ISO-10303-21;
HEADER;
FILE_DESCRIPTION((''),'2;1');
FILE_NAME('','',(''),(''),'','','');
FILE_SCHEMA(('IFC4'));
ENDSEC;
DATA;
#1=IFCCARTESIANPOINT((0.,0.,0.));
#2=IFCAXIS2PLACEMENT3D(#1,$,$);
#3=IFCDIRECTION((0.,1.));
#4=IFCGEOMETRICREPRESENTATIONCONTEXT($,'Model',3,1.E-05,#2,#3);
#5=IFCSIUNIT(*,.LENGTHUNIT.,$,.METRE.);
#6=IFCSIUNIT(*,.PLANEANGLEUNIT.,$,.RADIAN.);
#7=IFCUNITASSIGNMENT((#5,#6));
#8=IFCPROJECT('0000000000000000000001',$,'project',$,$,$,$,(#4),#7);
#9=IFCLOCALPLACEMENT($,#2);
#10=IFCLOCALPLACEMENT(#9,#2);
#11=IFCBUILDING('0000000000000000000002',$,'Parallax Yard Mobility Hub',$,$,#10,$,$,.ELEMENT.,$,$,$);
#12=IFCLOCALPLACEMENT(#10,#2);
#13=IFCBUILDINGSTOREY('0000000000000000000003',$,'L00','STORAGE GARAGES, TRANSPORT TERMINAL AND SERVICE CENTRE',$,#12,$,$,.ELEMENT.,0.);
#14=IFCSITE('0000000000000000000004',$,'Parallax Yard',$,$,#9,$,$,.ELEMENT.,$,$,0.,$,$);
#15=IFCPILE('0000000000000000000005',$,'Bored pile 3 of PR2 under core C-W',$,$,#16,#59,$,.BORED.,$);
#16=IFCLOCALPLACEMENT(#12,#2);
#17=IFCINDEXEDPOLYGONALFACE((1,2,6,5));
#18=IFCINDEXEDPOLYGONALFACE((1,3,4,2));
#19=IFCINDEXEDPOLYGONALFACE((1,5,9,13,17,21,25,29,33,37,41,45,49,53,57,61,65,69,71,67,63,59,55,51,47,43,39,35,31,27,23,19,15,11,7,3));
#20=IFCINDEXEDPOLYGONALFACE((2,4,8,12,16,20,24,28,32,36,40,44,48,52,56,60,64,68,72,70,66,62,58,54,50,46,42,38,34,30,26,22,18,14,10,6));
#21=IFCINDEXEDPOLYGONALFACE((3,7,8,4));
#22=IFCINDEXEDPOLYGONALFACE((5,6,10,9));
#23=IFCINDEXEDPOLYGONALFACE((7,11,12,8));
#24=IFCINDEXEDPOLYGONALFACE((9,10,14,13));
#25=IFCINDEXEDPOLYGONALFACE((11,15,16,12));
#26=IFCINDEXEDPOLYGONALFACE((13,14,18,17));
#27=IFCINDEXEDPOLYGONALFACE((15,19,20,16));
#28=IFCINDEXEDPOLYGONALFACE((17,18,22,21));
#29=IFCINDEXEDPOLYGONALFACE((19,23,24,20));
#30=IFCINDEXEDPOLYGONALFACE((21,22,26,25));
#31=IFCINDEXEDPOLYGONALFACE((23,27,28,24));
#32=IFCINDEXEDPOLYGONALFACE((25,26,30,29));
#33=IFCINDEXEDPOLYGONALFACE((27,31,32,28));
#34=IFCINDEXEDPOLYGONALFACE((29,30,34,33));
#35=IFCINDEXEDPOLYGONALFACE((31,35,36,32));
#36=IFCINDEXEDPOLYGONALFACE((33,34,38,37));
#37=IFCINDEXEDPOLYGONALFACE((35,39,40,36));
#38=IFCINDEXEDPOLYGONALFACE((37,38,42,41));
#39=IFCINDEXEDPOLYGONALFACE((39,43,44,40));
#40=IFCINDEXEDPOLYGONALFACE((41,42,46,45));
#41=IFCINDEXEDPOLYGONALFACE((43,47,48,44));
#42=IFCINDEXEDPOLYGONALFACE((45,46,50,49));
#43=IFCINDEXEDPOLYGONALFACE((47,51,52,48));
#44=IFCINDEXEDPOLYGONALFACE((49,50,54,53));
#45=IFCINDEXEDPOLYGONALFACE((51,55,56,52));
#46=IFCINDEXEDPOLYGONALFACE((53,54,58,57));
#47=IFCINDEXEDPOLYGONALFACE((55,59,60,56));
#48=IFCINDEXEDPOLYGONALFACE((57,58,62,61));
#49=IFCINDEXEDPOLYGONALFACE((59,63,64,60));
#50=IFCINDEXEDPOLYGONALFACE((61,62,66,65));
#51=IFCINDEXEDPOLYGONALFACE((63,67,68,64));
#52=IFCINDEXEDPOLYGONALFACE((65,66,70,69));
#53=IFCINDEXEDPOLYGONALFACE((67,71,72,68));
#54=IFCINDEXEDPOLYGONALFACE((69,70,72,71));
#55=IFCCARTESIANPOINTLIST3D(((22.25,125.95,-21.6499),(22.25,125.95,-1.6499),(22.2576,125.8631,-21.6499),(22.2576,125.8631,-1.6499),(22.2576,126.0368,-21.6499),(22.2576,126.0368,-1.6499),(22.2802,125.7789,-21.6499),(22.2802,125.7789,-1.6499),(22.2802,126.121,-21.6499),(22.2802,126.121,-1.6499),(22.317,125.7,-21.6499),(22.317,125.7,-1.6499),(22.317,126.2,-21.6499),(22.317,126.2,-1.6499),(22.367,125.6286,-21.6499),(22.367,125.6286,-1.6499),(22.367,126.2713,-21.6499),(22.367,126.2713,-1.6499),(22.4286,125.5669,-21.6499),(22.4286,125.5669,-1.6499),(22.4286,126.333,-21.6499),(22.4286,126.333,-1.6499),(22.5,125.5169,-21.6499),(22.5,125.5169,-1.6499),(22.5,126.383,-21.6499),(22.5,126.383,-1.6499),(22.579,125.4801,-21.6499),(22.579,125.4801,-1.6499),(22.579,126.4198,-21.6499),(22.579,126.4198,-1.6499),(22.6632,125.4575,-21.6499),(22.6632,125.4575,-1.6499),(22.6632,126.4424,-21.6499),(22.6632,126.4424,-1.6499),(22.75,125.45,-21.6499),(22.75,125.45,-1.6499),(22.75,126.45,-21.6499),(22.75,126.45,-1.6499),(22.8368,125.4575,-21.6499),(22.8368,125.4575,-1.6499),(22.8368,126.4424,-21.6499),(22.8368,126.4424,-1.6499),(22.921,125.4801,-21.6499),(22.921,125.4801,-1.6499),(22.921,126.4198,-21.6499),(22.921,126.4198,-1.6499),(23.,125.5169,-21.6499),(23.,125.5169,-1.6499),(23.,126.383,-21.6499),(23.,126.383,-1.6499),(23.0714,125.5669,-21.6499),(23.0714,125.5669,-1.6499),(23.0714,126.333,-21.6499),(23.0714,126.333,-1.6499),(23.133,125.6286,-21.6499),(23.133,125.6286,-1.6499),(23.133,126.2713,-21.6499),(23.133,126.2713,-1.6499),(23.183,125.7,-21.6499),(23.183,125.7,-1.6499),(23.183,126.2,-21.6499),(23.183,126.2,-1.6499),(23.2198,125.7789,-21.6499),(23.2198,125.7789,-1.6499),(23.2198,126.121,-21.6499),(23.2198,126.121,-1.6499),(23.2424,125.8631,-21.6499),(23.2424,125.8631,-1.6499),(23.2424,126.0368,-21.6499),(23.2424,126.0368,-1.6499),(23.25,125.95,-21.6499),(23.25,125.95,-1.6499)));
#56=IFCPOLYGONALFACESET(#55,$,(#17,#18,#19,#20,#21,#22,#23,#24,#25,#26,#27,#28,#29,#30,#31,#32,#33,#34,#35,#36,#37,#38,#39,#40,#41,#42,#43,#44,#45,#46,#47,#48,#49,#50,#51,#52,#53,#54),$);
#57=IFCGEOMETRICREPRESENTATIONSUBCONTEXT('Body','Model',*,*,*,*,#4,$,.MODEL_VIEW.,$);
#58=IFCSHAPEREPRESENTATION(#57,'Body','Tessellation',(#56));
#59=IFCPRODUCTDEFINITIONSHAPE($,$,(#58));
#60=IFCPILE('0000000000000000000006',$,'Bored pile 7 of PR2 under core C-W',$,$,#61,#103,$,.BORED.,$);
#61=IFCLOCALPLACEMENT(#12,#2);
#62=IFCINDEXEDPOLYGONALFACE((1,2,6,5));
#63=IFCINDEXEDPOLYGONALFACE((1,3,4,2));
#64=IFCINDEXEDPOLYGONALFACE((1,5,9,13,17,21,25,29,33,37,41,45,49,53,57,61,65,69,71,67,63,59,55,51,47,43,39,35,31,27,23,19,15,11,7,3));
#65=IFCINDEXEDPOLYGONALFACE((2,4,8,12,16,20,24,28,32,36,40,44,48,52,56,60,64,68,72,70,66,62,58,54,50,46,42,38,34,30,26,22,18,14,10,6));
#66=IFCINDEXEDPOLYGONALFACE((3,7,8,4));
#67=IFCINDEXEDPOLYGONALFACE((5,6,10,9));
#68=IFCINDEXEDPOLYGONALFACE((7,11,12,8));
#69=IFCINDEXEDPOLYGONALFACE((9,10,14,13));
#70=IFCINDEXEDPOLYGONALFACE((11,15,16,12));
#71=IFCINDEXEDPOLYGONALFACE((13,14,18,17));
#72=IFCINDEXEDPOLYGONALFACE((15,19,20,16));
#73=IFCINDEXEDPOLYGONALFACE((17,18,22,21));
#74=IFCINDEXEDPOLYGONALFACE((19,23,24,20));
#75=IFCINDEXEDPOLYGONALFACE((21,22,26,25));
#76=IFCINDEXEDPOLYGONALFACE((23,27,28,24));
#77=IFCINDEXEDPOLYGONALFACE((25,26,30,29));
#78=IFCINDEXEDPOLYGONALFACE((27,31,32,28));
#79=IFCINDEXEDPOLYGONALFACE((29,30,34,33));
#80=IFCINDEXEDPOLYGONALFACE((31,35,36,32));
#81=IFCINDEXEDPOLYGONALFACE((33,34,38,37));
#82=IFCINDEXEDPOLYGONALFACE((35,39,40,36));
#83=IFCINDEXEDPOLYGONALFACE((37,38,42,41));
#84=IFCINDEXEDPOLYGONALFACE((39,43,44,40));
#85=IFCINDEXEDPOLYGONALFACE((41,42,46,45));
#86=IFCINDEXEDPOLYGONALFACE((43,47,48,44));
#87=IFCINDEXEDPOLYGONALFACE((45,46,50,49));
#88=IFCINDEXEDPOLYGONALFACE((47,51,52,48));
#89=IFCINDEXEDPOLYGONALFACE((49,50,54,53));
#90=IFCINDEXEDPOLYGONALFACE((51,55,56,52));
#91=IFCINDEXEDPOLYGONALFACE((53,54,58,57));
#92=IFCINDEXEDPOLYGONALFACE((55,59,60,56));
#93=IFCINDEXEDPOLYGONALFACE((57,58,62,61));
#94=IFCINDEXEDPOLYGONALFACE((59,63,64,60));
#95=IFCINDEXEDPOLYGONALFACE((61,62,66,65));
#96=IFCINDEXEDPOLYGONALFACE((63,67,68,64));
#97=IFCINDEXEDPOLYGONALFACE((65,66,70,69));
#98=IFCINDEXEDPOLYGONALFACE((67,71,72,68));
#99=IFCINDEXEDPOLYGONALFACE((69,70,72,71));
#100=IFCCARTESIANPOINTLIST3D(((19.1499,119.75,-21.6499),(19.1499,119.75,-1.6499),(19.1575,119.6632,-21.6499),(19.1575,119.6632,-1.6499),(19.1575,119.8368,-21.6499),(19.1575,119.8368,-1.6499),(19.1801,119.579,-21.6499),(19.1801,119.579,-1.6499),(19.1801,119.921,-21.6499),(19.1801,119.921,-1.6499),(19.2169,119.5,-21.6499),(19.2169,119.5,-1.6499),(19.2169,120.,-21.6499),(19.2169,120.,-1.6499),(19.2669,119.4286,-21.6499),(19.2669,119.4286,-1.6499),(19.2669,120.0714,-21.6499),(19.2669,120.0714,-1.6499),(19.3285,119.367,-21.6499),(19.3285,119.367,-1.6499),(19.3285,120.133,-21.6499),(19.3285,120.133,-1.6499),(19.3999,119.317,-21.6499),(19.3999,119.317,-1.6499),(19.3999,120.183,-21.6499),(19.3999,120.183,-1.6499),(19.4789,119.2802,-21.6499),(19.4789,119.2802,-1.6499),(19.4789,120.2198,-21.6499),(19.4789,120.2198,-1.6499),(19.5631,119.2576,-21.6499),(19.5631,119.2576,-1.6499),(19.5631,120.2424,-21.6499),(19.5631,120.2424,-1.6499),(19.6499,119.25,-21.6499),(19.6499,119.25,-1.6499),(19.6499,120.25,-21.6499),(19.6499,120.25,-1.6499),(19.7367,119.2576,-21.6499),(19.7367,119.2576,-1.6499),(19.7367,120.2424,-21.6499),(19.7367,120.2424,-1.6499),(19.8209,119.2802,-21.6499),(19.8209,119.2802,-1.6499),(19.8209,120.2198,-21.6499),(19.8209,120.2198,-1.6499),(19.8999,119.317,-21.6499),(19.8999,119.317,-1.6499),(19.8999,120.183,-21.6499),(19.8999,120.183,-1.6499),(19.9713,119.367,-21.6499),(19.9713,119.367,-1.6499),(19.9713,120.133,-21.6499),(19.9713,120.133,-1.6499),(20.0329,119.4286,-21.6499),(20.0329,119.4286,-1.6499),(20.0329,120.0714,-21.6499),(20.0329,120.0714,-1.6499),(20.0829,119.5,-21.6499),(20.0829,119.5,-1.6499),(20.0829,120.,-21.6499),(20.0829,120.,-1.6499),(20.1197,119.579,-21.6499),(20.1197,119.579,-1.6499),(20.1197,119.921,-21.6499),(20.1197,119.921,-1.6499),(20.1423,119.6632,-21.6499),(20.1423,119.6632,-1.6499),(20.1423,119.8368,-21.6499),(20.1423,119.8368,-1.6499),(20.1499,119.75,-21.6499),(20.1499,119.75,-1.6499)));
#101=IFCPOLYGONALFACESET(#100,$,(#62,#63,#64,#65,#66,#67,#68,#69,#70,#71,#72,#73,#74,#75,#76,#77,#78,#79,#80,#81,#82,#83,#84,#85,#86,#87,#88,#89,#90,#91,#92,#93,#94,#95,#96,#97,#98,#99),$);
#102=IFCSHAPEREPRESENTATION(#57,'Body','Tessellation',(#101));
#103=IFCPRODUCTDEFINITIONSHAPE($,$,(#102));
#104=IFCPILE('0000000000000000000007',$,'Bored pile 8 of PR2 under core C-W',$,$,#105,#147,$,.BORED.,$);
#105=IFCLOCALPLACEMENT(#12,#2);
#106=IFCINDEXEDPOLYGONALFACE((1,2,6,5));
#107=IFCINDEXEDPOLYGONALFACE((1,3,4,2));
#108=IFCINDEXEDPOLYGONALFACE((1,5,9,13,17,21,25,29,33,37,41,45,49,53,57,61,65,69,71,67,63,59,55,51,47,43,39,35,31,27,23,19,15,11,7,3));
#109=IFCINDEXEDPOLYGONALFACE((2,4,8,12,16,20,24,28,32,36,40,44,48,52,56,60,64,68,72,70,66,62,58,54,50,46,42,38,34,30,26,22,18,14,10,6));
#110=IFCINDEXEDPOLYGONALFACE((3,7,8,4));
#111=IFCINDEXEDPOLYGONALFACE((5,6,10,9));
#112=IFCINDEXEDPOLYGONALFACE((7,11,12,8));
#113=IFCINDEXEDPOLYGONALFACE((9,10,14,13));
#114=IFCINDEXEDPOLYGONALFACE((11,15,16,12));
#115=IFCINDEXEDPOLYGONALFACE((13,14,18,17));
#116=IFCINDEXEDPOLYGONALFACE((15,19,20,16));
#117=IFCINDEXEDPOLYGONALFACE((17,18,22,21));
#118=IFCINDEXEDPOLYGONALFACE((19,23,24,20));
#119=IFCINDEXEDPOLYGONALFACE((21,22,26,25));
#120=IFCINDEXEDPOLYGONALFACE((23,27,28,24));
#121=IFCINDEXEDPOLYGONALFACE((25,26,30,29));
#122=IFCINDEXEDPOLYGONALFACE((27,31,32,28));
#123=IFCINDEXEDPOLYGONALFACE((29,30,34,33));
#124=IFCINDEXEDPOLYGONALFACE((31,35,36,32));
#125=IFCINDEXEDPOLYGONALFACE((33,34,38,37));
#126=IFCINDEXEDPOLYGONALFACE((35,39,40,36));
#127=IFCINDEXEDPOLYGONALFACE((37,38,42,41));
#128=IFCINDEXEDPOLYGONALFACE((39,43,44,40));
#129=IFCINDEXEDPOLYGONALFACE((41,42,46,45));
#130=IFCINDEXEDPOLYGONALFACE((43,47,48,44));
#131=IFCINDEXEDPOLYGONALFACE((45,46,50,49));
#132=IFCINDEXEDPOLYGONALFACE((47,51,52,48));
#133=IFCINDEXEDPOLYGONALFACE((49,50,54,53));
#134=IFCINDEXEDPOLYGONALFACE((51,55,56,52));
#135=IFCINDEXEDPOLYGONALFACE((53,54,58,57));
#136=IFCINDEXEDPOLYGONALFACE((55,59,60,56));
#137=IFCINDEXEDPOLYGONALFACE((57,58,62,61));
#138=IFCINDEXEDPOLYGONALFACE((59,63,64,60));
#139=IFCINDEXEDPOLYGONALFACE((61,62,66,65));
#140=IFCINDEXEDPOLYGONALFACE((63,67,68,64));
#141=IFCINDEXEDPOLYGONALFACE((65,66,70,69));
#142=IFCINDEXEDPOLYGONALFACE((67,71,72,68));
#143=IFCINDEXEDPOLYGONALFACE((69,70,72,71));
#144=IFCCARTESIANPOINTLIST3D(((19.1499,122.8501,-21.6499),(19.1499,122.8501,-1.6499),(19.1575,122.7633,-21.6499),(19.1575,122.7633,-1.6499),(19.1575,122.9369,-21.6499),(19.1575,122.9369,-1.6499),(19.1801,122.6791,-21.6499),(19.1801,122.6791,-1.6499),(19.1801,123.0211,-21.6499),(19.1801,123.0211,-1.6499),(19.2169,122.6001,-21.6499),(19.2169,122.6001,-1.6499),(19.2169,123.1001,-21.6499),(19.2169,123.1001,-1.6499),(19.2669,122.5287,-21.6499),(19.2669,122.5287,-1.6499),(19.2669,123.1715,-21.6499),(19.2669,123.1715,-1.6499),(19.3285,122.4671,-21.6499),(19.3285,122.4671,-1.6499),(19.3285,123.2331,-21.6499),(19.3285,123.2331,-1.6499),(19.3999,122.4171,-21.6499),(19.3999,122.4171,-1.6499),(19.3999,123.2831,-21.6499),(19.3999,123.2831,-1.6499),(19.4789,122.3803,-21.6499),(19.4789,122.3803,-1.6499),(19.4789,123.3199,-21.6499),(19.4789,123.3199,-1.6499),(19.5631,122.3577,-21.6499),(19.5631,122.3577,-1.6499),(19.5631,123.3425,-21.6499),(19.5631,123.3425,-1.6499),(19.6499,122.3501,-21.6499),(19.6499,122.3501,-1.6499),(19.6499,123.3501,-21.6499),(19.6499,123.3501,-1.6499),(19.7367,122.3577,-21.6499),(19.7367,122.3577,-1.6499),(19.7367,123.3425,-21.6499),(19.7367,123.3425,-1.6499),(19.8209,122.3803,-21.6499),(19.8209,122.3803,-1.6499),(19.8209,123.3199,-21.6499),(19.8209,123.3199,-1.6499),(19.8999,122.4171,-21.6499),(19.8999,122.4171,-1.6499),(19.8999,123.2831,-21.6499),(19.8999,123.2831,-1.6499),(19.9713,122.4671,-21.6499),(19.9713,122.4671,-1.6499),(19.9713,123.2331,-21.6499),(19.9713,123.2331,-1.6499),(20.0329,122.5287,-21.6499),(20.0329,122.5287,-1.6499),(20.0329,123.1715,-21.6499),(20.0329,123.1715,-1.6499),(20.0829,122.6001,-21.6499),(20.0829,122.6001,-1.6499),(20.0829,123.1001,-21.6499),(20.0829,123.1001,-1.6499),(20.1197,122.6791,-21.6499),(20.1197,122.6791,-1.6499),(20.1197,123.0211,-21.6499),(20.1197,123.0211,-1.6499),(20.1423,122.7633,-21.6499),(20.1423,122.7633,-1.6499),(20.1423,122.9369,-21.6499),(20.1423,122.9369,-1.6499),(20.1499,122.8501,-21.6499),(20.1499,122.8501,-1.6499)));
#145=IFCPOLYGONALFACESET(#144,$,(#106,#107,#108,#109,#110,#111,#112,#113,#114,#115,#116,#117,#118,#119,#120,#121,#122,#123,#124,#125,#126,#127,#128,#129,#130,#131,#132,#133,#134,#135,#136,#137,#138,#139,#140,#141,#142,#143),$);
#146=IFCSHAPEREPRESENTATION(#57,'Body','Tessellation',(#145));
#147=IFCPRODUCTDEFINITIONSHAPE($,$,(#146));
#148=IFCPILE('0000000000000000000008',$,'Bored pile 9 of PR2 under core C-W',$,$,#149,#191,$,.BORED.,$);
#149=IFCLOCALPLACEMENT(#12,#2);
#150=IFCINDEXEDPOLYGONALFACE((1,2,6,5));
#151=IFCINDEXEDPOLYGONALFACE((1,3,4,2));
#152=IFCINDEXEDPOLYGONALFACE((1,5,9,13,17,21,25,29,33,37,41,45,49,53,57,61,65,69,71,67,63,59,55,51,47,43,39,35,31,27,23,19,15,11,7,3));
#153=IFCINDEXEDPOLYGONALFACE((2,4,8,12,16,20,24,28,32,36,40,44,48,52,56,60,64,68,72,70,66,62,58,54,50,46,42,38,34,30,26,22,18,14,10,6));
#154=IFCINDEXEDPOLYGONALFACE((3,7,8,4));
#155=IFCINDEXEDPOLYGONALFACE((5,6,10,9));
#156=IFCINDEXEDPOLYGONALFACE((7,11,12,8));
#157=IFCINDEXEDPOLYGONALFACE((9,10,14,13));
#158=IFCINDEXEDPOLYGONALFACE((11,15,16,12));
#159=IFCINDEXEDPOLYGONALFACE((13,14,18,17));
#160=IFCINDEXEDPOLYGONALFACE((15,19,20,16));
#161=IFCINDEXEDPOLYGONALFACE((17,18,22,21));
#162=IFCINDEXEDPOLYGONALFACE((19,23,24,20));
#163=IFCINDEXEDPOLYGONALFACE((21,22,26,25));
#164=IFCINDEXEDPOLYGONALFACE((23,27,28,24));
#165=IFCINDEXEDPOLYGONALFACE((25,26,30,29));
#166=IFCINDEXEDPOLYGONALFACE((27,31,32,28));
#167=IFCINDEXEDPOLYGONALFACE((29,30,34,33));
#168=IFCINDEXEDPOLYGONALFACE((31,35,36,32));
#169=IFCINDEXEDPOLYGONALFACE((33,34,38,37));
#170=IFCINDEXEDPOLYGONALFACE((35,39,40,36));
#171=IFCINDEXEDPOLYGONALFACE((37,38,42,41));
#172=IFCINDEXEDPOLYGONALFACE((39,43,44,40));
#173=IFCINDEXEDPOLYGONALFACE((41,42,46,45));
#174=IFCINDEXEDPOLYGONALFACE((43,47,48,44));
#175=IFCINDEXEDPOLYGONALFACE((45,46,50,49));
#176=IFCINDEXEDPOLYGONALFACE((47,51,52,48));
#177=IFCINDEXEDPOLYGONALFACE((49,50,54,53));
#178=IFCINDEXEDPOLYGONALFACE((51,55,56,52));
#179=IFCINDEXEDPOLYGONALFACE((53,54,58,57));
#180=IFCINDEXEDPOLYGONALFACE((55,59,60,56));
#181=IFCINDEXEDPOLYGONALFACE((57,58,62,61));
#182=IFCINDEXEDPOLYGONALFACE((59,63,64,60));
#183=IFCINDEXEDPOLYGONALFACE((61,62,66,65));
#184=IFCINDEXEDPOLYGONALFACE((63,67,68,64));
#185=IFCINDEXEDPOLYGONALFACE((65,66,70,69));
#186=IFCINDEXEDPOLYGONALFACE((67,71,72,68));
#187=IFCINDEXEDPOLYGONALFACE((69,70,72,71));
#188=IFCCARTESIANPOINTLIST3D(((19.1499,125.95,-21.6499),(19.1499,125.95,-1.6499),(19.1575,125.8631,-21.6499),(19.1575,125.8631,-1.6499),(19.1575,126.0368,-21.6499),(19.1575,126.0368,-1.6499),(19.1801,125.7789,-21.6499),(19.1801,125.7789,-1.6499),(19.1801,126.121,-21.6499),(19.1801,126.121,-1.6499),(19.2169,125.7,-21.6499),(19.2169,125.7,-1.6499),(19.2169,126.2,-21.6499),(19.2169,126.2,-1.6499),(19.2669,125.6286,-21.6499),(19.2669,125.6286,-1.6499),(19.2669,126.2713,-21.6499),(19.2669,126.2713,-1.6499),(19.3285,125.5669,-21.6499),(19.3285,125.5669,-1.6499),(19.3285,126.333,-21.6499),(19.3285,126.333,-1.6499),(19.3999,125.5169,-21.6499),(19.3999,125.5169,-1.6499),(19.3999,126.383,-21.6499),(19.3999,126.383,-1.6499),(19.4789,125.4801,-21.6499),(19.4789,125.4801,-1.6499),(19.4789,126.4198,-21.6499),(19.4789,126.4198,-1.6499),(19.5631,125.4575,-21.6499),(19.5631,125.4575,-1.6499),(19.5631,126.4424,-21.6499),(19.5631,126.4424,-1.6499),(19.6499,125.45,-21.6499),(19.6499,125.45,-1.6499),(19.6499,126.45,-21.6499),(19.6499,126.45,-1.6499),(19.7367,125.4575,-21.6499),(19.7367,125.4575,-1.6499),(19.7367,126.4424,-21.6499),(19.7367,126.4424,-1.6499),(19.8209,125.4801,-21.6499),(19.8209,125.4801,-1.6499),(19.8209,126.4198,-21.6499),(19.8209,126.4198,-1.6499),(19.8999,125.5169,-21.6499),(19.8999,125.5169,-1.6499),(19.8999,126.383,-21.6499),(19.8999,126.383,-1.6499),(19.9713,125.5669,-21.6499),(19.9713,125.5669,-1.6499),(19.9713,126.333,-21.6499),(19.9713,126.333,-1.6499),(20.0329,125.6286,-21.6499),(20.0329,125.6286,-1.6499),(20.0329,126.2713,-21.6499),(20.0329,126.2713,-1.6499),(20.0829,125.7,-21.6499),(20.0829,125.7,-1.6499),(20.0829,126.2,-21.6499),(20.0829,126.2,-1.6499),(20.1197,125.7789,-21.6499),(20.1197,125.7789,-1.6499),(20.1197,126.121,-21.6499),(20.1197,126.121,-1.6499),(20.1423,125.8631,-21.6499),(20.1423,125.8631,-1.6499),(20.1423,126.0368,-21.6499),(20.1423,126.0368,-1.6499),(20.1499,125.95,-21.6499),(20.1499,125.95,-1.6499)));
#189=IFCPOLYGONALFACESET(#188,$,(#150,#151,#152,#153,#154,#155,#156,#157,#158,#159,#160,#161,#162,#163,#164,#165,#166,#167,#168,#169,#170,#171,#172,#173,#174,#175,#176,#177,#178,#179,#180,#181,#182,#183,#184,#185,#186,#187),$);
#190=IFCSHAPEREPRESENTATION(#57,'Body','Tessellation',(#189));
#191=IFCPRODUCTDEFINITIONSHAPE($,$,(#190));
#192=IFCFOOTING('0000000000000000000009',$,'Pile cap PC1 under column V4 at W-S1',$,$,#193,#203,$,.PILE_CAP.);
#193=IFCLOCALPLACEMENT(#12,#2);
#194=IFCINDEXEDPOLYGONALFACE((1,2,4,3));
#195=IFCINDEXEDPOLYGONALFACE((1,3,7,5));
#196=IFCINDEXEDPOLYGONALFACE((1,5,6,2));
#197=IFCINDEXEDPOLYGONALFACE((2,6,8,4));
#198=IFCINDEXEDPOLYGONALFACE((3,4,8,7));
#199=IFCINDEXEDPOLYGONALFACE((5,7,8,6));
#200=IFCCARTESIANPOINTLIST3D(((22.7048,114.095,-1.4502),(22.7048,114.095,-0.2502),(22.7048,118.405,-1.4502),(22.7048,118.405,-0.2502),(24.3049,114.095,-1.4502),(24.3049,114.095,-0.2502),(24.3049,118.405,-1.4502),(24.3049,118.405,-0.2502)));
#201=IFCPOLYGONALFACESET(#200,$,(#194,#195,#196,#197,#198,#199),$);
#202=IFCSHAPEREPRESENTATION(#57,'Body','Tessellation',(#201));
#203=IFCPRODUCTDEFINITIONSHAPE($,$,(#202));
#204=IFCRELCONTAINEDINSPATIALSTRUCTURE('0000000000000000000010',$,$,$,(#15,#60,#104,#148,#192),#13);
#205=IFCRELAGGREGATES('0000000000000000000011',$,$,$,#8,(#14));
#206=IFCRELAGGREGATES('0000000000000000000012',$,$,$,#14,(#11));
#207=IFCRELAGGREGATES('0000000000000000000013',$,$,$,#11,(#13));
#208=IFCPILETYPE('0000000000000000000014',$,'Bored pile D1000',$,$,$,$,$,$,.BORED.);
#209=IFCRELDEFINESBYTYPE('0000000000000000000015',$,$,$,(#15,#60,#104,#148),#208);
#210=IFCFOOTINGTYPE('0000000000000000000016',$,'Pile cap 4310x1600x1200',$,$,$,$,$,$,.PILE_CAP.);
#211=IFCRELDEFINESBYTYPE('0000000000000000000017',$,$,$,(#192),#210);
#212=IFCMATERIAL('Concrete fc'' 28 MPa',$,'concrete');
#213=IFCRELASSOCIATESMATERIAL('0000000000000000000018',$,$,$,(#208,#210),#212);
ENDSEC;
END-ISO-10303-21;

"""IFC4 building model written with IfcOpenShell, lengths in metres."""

from ifc_helpers import new_model, si_unit, direction, frame, origin, origin_2d, place, context, subcontext, project, spatial, rectangle, circle, extrude, material, material_profile, profile_set, type_object, element, save


model = new_model("IFC4")

# Units and contexts
model_context = context("Model", 3, precision=1e-05, world=origin(), true_north=direction((0.0, 1.0)))
body_context = subcontext(model_context, "Body", "Model", "MODEL_VIEW")
ifc_project = project(units=[si_unit("LENGTHUNIT", "METRE"), si_unit("PLANEANGLEUNIT", "RADIAN")], contexts=[model_context])

# Site, building, storey
site_placement = place(None, origin())
site = spatial("IfcSite", under=ifc_project, at=site_placement, Name="Parallax Yard", CompositionType="ELEMENT", RefElevation=0.0)
building_placement = place(site_placement, origin())
building = spatial("IfcBuilding", under=site, at=building_placement, Name="Parallax Yard Mobility Hub", CompositionType="ELEMENT")
storey_placement = place(building_placement, origin())
storey = spatial("IfcBuildingStorey", under=building, at=storey_placement, Name="L00", Description="STORAGE GARAGES, TRANSPORT TERMINAL AND SERVICE CENTRE", CompositionType="ELEMENT", Elevation=0.0)

# Piles
ifc_material_1 = material(Name="Concrete fc' 28 MPa", Category="concrete")
ifc_material_profile_1 = material_profile(ifc_material_1, circle(Radius=0.5, at=origin_2d()), Name="Bored pile D1000")
ifc_profile_set_1 = profile_set([ifc_material_profile_1], Name="Concrete fc' 28 MPa")
pile_type = type_object("IfcPileType", Name="Bored pile D1000", PredefinedType="BORED", material=ifc_profile_set_1)
for number, where, z_axis, x_axis, name in (
    (1, (22.75, 125.95, -1.6499), (0.0, 0.0, -1.0), (1.0, 0.0, 0.0), "Bored pile 3 of PR2 under core C-W"),
    (2, (19.6499, 119.75, -1.6499), (0.0, 0.0, -1.0), (1.0, 0.0, 0.0), "Bored pile 7 of PR2 under core C-W"),
    (3, (19.6499, 122.8501, -1.6499), (0.0, 0.0, -1.0), (1.0, 0.0, 0.0), "Bored pile 8 of PR2 under core C-W"),
    (4, (19.6499, 125.95, -1.6499), (0.0, 0.0, -1.0), (1.0, 0.0, 0.0), "Bored pile 9 of PR2 under core C-W"),
):
    element("IfcPile", number, at=place(storey_placement, frame(where, z_axis=z_axis, x_axis=x_axis)), inside=storey, type_object=pile_type, Name=name, PredefinedType="BORED", context=body_context, shape_type="SweptSolid", body=[
        extrude(circle(Radius=0.5, at=origin_2d()), origin(), (0.0, 0.0, 1.0), 20.0),
    ])

# Footing
footing_type = type_object("IfcFootingType", Name="Pile cap 4310x1600x1200", PredefinedType="PILE_CAP", material=ifc_material_1)
footing_placement = place(storey_placement, frame((23.5049, 116.25, -1.4502), z_axis=(0.0, 0.0, 1.0), x_axis=(0.0, 1.0, 0.0)))
element("IfcFooting", 5, at=footing_placement, inside=storey, type_object=footing_type, Name="Pile cap PC1 under column V4 at W-S1", PredefinedType="PILE_CAP", context=body_context, shape_type="SweptSolid", body=[
    extrude(rectangle(XDim=4.3101, YDim=1.6001, at=origin_2d()), origin(), (0.0, 0.0, 1.0), 1.2),
])

save(model, "model.ifc")
